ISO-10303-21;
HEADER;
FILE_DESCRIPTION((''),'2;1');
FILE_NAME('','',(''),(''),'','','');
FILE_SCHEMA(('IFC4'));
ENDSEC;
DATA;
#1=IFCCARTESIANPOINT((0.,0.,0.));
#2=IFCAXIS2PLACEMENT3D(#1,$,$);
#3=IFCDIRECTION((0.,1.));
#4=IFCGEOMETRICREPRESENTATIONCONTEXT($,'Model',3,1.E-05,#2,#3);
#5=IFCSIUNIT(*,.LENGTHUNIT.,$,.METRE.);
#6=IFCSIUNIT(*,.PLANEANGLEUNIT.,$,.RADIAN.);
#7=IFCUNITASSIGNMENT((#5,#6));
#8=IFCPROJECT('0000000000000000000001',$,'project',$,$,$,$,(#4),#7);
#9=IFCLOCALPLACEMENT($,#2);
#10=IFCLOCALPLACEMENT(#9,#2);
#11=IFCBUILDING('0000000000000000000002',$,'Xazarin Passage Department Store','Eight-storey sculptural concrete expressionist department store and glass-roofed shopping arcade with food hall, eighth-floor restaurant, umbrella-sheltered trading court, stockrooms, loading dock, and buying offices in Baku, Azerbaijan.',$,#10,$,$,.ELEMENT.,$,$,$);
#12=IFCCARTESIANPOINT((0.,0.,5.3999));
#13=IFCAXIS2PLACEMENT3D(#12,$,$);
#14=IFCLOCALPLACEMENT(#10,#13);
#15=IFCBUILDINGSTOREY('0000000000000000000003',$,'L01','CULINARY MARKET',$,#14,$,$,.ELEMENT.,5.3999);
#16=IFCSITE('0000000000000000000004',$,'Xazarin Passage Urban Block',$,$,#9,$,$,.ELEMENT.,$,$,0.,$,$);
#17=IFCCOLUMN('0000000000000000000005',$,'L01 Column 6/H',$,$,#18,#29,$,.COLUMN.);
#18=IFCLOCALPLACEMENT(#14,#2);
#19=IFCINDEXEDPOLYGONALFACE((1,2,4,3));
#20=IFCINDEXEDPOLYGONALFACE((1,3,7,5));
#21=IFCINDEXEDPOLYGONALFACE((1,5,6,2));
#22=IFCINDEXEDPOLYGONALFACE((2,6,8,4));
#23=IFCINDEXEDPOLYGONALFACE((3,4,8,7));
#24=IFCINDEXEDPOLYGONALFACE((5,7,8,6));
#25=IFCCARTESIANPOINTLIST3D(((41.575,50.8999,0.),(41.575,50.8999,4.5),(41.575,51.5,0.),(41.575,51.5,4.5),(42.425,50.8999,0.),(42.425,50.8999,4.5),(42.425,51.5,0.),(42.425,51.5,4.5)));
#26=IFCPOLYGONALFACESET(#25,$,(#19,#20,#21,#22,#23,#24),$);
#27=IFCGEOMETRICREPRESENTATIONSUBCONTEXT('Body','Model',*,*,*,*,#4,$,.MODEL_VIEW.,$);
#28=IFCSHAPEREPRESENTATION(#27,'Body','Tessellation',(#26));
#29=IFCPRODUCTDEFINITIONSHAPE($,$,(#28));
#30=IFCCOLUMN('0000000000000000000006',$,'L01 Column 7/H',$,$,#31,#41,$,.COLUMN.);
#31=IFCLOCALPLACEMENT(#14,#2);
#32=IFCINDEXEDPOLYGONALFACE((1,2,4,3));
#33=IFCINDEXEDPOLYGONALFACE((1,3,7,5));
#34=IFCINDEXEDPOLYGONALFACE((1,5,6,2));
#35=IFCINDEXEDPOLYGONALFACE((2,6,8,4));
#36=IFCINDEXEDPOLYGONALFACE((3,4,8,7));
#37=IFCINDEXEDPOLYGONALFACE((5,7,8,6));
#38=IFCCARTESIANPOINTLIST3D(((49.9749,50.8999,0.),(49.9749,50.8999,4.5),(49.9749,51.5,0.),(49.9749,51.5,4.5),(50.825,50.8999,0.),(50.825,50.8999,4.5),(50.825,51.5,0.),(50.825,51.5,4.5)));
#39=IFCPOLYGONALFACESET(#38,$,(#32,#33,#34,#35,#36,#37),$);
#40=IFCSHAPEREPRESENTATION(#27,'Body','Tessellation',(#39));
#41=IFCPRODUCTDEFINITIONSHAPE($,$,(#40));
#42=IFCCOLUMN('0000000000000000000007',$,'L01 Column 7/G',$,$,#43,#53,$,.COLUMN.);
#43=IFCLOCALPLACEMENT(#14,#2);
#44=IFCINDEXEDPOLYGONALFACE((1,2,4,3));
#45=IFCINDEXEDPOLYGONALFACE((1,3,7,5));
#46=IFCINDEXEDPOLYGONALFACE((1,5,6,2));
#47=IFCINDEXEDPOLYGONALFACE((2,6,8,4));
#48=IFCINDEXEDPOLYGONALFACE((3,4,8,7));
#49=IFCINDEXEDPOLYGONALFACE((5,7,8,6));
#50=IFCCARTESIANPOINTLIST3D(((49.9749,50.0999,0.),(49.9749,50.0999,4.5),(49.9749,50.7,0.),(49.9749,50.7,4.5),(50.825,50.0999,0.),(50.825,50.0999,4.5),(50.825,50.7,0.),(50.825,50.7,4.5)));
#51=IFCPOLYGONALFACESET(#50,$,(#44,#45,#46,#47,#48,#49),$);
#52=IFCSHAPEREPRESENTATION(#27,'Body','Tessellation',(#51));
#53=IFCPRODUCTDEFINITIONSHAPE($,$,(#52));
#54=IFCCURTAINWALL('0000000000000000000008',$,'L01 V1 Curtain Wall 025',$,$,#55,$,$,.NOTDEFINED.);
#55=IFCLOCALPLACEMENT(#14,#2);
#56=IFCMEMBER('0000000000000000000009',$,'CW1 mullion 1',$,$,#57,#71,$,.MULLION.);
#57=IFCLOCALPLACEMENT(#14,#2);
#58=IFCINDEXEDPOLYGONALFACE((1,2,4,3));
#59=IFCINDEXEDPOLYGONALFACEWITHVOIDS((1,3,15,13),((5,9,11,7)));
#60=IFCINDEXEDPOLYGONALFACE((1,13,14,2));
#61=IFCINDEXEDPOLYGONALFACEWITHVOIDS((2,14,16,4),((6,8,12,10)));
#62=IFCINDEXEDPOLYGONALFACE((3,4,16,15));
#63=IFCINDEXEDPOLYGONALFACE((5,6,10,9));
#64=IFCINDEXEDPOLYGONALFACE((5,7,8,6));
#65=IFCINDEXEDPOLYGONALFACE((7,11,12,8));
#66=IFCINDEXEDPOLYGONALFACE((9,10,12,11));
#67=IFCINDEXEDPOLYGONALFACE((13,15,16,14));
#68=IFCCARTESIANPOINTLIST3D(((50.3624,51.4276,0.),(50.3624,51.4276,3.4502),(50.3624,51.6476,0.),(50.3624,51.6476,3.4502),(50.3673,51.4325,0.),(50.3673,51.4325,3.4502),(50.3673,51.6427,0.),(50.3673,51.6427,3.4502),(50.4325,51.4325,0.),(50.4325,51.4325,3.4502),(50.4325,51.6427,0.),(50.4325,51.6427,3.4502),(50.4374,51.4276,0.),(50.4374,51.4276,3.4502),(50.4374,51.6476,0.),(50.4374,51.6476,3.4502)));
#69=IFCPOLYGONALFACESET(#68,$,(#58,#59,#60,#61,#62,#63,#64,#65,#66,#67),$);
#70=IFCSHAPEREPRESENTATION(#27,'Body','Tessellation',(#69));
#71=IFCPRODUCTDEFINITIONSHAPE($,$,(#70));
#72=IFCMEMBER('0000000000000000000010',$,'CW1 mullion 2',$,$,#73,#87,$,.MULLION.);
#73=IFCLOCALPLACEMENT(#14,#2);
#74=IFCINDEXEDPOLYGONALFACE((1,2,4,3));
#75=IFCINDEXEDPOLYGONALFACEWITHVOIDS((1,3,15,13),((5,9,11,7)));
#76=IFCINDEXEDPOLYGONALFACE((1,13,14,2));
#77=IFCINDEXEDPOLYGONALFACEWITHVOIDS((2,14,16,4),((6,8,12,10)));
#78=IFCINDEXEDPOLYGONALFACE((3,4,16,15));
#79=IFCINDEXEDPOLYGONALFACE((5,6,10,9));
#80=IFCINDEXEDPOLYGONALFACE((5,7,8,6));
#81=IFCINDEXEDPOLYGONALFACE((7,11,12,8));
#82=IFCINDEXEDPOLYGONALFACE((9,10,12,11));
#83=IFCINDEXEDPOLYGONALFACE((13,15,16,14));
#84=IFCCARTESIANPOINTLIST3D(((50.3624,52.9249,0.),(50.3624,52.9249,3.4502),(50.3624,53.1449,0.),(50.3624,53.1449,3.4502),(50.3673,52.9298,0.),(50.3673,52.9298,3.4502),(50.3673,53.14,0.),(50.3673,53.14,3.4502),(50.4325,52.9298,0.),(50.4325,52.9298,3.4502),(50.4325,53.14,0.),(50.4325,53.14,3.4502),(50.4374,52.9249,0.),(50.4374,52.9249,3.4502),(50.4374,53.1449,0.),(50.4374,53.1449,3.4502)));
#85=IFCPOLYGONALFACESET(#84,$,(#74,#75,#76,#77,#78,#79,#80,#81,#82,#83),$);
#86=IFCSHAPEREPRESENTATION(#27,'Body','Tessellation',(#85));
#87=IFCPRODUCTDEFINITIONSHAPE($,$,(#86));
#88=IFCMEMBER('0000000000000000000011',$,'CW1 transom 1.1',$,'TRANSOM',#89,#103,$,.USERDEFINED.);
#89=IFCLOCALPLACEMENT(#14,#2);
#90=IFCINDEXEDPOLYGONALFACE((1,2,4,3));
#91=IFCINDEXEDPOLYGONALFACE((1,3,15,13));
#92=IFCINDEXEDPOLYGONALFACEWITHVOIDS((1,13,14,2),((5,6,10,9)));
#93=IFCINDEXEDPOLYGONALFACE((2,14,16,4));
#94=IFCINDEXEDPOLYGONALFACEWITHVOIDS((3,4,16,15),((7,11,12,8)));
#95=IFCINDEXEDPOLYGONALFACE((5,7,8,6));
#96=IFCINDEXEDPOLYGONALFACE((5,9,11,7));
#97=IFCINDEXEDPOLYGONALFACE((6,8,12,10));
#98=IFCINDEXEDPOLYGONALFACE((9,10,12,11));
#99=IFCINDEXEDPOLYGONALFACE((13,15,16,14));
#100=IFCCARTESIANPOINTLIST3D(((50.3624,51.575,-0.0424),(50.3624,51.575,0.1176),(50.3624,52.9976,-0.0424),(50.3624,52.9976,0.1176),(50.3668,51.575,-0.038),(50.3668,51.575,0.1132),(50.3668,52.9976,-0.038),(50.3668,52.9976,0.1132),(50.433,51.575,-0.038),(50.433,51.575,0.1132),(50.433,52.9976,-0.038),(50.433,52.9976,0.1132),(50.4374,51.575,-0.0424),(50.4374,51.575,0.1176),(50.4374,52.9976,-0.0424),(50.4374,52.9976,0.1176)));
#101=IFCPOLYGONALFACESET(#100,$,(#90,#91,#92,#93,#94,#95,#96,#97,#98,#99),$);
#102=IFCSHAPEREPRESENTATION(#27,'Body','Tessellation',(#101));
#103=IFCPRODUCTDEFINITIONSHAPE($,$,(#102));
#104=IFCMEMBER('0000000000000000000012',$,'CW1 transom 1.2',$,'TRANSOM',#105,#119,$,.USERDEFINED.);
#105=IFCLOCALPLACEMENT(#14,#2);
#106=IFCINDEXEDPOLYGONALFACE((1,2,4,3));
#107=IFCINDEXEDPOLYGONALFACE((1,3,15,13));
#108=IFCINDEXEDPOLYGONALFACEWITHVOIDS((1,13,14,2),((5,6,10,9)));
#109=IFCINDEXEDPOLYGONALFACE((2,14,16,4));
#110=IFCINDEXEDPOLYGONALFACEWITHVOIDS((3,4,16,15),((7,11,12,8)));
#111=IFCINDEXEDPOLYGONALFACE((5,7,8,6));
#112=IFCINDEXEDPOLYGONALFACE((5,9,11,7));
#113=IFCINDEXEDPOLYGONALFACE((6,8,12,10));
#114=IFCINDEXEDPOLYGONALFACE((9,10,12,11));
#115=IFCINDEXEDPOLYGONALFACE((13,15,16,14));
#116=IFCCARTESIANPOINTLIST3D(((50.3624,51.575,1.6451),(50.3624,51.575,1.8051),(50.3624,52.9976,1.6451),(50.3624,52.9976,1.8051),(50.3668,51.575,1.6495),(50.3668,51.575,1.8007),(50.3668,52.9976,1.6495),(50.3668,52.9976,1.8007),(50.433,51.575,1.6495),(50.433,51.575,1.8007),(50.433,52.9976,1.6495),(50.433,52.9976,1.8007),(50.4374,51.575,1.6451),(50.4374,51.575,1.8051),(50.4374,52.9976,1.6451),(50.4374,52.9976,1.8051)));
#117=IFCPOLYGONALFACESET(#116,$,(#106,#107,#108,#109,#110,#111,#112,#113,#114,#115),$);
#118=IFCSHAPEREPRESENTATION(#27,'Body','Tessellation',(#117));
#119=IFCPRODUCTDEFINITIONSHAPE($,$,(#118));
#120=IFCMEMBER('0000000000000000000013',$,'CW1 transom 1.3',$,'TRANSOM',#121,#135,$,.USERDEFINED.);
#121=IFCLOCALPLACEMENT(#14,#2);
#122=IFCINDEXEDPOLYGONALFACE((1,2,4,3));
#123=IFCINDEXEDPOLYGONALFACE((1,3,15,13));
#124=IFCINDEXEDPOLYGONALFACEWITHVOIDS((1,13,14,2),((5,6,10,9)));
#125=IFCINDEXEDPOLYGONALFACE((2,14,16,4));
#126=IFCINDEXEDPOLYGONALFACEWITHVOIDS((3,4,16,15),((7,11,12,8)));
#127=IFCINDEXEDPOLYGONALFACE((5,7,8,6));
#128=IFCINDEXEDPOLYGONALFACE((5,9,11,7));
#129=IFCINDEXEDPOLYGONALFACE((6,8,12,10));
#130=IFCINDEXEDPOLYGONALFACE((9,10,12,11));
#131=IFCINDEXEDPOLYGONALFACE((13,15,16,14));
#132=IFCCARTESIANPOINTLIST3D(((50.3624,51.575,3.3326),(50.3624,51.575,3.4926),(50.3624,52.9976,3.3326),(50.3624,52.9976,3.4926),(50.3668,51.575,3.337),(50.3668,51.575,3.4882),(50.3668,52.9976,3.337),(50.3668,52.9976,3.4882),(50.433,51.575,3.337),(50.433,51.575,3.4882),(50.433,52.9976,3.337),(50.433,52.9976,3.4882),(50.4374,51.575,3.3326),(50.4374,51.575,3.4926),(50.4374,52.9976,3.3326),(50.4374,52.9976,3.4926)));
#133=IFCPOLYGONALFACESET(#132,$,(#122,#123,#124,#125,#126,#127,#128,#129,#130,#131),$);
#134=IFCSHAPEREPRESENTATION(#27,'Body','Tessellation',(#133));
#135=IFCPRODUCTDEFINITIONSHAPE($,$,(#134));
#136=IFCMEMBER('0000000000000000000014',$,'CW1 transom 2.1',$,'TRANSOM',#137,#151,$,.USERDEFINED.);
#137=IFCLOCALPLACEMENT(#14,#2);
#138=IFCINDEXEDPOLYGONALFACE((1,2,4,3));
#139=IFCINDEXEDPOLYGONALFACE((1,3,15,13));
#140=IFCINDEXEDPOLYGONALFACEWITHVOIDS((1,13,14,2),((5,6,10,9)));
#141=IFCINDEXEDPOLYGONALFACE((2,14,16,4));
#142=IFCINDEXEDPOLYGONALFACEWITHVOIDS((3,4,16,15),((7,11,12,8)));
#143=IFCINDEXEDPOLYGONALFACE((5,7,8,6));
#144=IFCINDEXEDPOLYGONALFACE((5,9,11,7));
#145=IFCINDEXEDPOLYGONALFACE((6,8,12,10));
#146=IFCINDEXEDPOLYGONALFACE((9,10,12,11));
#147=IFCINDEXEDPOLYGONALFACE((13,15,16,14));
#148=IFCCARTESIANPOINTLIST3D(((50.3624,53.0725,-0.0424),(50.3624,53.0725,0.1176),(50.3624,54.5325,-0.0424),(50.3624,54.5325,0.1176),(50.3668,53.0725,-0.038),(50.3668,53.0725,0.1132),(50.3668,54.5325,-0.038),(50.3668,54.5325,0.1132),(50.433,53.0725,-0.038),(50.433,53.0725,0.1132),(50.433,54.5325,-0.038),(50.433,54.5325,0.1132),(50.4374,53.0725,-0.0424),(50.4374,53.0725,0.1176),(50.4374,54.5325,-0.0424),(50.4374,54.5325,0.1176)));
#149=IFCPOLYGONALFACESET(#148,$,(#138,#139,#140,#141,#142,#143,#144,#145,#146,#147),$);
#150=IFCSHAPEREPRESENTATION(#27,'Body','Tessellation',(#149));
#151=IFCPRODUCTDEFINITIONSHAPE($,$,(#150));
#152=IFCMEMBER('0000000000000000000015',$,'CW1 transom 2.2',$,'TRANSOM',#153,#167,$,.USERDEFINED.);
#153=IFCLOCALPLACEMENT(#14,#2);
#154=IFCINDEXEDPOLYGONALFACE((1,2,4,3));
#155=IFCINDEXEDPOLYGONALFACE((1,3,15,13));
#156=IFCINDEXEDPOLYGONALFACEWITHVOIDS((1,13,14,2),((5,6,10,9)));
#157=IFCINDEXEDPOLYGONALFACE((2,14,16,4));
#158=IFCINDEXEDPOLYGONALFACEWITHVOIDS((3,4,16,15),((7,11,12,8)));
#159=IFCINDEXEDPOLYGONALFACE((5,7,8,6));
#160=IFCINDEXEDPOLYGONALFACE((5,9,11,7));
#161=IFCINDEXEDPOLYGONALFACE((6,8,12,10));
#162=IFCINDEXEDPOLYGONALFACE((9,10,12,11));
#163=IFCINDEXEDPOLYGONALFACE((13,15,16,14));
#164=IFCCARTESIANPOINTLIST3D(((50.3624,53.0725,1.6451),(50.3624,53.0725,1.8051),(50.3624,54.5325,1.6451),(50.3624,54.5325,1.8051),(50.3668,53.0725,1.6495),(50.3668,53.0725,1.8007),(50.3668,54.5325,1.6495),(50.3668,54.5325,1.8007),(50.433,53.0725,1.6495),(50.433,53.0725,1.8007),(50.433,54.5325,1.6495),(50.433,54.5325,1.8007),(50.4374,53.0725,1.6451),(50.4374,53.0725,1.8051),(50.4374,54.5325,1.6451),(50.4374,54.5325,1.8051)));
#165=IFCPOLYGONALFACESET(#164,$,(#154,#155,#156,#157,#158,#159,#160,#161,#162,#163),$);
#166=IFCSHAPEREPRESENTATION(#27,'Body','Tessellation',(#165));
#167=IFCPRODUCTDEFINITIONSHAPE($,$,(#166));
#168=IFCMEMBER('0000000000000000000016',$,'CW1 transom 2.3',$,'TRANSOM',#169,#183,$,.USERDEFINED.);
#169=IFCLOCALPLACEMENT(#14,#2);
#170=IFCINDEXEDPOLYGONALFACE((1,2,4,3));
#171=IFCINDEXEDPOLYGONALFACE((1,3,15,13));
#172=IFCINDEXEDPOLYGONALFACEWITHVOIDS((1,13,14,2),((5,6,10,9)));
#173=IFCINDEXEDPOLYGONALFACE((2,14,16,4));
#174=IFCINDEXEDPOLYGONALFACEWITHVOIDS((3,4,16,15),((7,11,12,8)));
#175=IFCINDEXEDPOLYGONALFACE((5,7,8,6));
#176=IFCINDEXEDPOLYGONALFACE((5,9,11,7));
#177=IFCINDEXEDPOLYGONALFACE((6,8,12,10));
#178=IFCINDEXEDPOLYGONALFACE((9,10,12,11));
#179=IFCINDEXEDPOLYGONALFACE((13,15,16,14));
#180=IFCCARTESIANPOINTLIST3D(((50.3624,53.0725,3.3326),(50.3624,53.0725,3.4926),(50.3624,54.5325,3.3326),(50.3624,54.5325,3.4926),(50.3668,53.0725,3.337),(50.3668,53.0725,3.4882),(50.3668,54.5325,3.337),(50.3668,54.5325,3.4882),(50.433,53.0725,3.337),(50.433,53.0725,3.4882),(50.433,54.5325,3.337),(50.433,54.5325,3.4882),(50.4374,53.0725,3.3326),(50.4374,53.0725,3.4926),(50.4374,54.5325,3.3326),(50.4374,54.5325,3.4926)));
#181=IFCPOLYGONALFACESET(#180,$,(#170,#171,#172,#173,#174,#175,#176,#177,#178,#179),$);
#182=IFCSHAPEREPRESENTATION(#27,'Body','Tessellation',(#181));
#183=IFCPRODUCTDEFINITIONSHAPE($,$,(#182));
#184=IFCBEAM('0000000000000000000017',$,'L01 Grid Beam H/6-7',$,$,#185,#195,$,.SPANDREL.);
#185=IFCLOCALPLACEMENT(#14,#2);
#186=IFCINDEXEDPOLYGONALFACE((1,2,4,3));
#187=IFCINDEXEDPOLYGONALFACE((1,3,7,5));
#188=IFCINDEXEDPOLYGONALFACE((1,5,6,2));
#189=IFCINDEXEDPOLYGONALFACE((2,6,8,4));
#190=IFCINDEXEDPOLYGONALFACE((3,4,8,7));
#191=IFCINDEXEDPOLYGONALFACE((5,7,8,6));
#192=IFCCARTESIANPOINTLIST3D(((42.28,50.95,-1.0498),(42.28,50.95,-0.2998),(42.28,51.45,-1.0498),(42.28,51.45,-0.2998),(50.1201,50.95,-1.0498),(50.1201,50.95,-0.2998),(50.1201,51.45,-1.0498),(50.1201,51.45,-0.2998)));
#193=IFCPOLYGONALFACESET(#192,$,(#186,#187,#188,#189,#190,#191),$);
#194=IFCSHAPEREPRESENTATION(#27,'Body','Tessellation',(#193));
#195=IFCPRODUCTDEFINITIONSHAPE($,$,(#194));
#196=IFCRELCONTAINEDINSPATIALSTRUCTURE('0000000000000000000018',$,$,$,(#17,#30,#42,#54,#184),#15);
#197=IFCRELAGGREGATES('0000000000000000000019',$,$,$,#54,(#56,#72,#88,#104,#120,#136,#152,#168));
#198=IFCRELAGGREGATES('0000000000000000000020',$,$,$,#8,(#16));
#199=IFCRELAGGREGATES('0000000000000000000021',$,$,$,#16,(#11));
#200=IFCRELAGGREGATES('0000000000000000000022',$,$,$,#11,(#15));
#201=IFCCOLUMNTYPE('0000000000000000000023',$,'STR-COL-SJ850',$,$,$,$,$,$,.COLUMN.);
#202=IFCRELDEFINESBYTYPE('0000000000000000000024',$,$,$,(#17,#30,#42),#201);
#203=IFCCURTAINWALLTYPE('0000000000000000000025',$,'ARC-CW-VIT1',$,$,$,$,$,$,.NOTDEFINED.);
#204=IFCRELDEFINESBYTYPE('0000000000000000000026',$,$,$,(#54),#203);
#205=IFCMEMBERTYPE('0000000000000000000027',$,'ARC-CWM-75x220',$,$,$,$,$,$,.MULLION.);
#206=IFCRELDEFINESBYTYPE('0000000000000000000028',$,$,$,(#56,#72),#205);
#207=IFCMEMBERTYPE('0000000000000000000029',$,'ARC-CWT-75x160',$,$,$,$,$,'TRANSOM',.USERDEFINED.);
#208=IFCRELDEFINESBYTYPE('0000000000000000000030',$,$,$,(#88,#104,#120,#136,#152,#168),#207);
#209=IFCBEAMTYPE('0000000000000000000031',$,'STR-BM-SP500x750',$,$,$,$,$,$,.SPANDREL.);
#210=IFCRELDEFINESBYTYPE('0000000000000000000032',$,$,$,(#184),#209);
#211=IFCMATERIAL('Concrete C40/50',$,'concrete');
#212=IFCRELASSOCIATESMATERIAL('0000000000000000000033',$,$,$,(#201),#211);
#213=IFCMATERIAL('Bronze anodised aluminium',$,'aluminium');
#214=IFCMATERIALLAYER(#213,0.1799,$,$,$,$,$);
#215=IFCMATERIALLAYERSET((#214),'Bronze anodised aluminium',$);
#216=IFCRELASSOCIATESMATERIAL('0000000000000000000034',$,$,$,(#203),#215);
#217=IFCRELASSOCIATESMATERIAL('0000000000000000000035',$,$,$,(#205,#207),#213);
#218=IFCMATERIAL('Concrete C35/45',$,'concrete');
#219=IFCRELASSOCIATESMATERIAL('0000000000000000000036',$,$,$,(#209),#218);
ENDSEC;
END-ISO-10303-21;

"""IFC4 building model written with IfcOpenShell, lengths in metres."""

from ifc_helpers import new_model, si_unit, direction, frame, origin, origin_2d, place, context, subcontext, project, spatial, rectangle, hollow_rectangle, extrude, material, layer, layer_set, material_profile, profile_set, type_object, element, aggregate, save


model = new_model("IFC4")

# Units and contexts
model_context = context("Model", 3, precision=1e-05, world=origin(), true_north=direction((0.0, 1.0)))
body_context = subcontext(model_context, "Body", "Model", "MODEL_VIEW")
ifc_project = project(units=[si_unit("LENGTHUNIT", "METRE"), si_unit("PLANEANGLEUNIT", "RADIAN")], contexts=[model_context])

# Site, building, storey
site_placement = place(None, origin())
site = spatial("IfcSite", under=ifc_project, at=site_placement, Name="Xazarin Passage Urban Block", CompositionType="ELEMENT", RefElevation=0.0)
building_placement = place(site_placement, origin())
building = spatial("IfcBuilding", under=site, at=building_placement, Name="Xazarin Passage Department Store", Description="Eight-storey sculptural concrete expressionist department store and glass-roofed shopping arcade with food hall, eighth-floor restaurant, umbrella-sheltered trading court, stockrooms, loading dock, and buying offices in Baku, Azerbaijan.", CompositionType="ELEMENT")
storey_placement = place(building_placement, frame((0.0, 0.0, 5.3999)))
storey = spatial("IfcBuildingStorey", under=building, at=storey_placement, Name="L01", Description="CULINARY MARKET", CompositionType="ELEMENT", Elevation=5.3999)

# Columns
ifc_material_1 = material(Name="Concrete C40/50", Category="concrete")
ifc_material_profile_1 = material_profile(ifc_material_1, rectangle(XDim=0.6001, YDim=0.8501, at=origin_2d()), Name="RC 600x850")
ifc_profile_set_1 = profile_set([ifc_material_profile_1], Name="Concrete C40/50")
column_type = type_object("IfcColumnType", Name="STR-COL-SJ850", PredefinedType="COLUMN", material=ifc_profile_set_1)
for number, where, z_axis, x_axis, name in (
    (1, (42.0, 51.2, 0.0), (0.0, 0.0, 1.0), (0.0, 1.0, 0.0), "L01 Column 6/H"),
    (2, (50.3999, 51.2, 0.0), (0.0, 0.0, 1.0), (0.0, 1.0, 0.0), "L01 Column 7/H"),
    (3, (50.3999, 50.3999, 0.0), (0.0, 0.0, 1.0), (0.0, 1.0, 0.0), "L01 Column 7/G"),
):
    element("IfcColumn", number, at=place(storey_placement, frame(where, z_axis=z_axis, x_axis=x_axis)), inside=storey, type_object=column_type, Name=name, PredefinedType="COLUMN", context=body_context, shape_type="SweptSolid", body=[
        extrude(rectangle(XDim=0.6001, YDim=0.8501, at=origin_2d()), origin(), (0.0, 0.0, 1.0), 4.5),
    ])

# Curtain wall, members
ifc_material_2 = material(Name="Bronze anodised aluminium", Category="aluminium")
ifc_layer_1 = layer(ifc_material_2, 0.1799)
ifc_layer_set_1 = layer_set([ifc_layer_1], Name="Bronze anodised aluminium")
curtain_wall_type = type_object("IfcCurtainWallType", Name="ARC-CW-VIT1", PredefinedType="NOTDEFINED", material=ifc_layer_set_1)
curtain_wall_placement = place(storey_placement, origin())
curtain_wall = element("IfcCurtainWall", 4, at=curtain_wall_placement, inside=storey, type_object=curtain_wall_type, Name="L01 V1 Curtain Wall 025", PredefinedType="NOTDEFINED")
ifc_material_profile_2 = material_profile(ifc_material_2, hollow_rectangle(XDim=0.075, YDim=0.22, WallThickness=0.0049, at=origin_2d()), Name="ALU 75x220")
ifc_profile_set_2 = profile_set([ifc_material_profile_2], Name="Bronze anodised aluminium")
member_type_1 = type_object("IfcMemberType", Name="ARC-CWM-75x220", PredefinedType="MULLION", material=ifc_profile_set_2)
member_1_placement = place(storey_placement, frame((50.3999, 51.5376, 0.0), z_axis=(0.0, 0.0, 1.0), x_axis=(-1.0, 0.0, 0.0)))
member_1 = element("IfcMember", 5, at=member_1_placement, type_object=member_type_1, Name="CW1 mullion 1", PredefinedType="MULLION", context=body_context, shape_type="SweptSolid", body=[
    extrude(hollow_rectangle(XDim=0.075, YDim=0.22, WallThickness=0.0049, at=origin_2d()), origin(), (0.0, 0.0, 1.0), 3.4502),
])
member_2_placement = place(storey_placement, frame((50.3999, 53.0349, 0.0), z_axis=(0.0, 0.0, 1.0), x_axis=(-1.0, 0.0, 0.0)))
member_2 = element("IfcMember", 6, at=member_2_placement, type_object=member_type_1, Name="CW1 mullion 2", PredefinedType="MULLION", context=body_context, shape_type="SweptSolid", body=[
    extrude(hollow_rectangle(XDim=0.075, YDim=0.22, WallThickness=0.0049, at=origin_2d()), origin(), (0.0, 0.0, 1.0), 3.4502),
])
ifc_material_profile_3 = material_profile(ifc_material_2, hollow_rectangle(XDim=0.075, YDim=0.1599, WallThickness=0.0044, at=origin_2d()), Name="ALU 75x160")
ifc_profile_set_3 = profile_set([ifc_material_profile_3], Name="Bronze anodised aluminium")
member_type_2 = type_object("IfcMemberType", Name="ARC-CWT-75x160", ElementType="TRANSOM", PredefinedType="USERDEFINED", material=ifc_profile_set_3)
member_3_placement = place(storey_placement, frame((50.3999, 51.575, 0.0376), z_axis=(0.0, 1.0, 0.0), x_axis=(-1.0, 0.0, 0.0)))
member_3 = element("IfcMember", 7, at=member_3_placement, type_object=member_type_2, Name="CW1 transom 1.1", ObjectType="TRANSOM", PredefinedType="USERDEFINED", context=body_context, shape_type="SweptSolid", body=[
    extrude(hollow_rectangle(XDim=0.075, YDim=0.1599, WallThickness=0.0044, at=origin_2d()), origin(), (0.0, 0.0, 1.0), 1.4226),
])
member_4_placement = place(storey_placement, frame((50.3999, 51.575, 1.7251), z_axis=(0.0, 1.0, 0.0), x_axis=(-1.0, 0.0, 0.0)))
member_4 = element("IfcMember", 8, at=member_4_placement, type_object=member_type_2, Name="CW1 transom 1.2", ObjectType="TRANSOM", PredefinedType="USERDEFINED", context=body_context, shape_type="SweptSolid", body=[
    extrude(hollow_rectangle(XDim=0.075, YDim=0.1599, WallThickness=0.0044, at=origin_2d()), origin(), (0.0, 0.0, 1.0), 1.4226),
])
member_5_placement = place(storey_placement, frame((50.3999, 51.575, 3.4126), z_axis=(0.0, 1.0, 0.0), x_axis=(-1.0, 0.0, 0.0)))
member_5 = element("IfcMember", 9, at=member_5_placement, type_object=member_type_2, Name="CW1 transom 1.3", ObjectType="TRANSOM", PredefinedType="USERDEFINED", context=body_context, shape_type="SweptSolid", body=[
    extrude(hollow_rectangle(XDim=0.075, YDim=0.1599, WallThickness=0.0044, at=origin_2d()), origin(), (0.0, 0.0, 1.0), 1.4226),
])
member_6_placement = place(storey_placement, frame((50.3999, 53.0725, 0.0376), z_axis=(0.0, 1.0, 0.0), x_axis=(-1.0, 0.0, 0.0)))
member_6 = element("IfcMember", 10, at=member_6_placement, type_object=member_type_2, Name="CW1 transom 2.1", ObjectType="TRANSOM", PredefinedType="USERDEFINED", context=body_context, shape_type="SweptSolid", body=[
    extrude(hollow_rectangle(XDim=0.075, YDim=0.1599, WallThickness=0.0044, at=origin_2d()), origin(), (0.0, 0.0, 1.0), 1.46),
])
member_7_placement = place(storey_placement, frame((50.3999, 53.0725, 1.7251), z_axis=(0.0, 1.0, 0.0), x_axis=(-1.0, 0.0, 0.0)))
member_7 = element("IfcMember", 11, at=member_7_placement, type_object=member_type_2, Name="CW1 transom 2.2", ObjectType="TRANSOM", PredefinedType="USERDEFINED", context=body_context, shape_type="SweptSolid", body=[
    extrude(hollow_rectangle(XDim=0.075, YDim=0.1599, WallThickness=0.0044, at=origin_2d()), origin(), (0.0, 0.0, 1.0), 1.46),
])
member_8_placement = place(storey_placement, frame((50.3999, 53.0725, 3.4126), z_axis=(0.0, 1.0, 0.0), x_axis=(-1.0, 0.0, 0.0)))
member_8 = element("IfcMember", 12, at=member_8_placement, type_object=member_type_2, Name="CW1 transom 2.3", ObjectType="TRANSOM", PredefinedType="USERDEFINED", context=body_context, shape_type="SweptSolid", body=[
    extrude(hollow_rectangle(XDim=0.075, YDim=0.1599, WallThickness=0.0044, at=origin_2d()), origin(), (0.0, 0.0, 1.0), 1.46),
])

# Beam
ifc_material_3 = material(Name="Concrete C35/45", Category="concrete")
ifc_material_profile_4 = material_profile(ifc_material_3, rectangle(XDim=0.5, YDim=0.75, at=origin_2d()), Name="RC 500x750")
ifc_profile_set_4 = profile_set([ifc_material_profile_4], Name="Concrete C35/45")
beam_type = type_object("IfcBeamType", Name="STR-BM-SP500x750", PredefinedType="SPANDREL", material=ifc_profile_set_4)
for number, where, z_axis, x_axis, name in (
    (13, (42.28, 51.2, -0.6748), (1.0, 0.0, 0.0), (0.0, 1.0, 0.0), "L01 Grid Beam H/6-7"),
):
    element("IfcBeam", number, at=place(storey_placement, frame(where, z_axis=z_axis, x_axis=x_axis)), inside=storey, type_object=beam_type, Name=name, PredefinedType="SPANDREL", context=body_context, shape_type="SweptSolid", body=[
        extrude(rectangle(XDim=0.5, YDim=0.75, at=origin_2d()), origin(), (0.0, 0.0, 1.0), 7.8401),
    ])

aggregate(curtain_wall, [member_1, member_2, member_3, member_4, member_5, member_6, member_7, member_8])

save(model, "model.ifc")
